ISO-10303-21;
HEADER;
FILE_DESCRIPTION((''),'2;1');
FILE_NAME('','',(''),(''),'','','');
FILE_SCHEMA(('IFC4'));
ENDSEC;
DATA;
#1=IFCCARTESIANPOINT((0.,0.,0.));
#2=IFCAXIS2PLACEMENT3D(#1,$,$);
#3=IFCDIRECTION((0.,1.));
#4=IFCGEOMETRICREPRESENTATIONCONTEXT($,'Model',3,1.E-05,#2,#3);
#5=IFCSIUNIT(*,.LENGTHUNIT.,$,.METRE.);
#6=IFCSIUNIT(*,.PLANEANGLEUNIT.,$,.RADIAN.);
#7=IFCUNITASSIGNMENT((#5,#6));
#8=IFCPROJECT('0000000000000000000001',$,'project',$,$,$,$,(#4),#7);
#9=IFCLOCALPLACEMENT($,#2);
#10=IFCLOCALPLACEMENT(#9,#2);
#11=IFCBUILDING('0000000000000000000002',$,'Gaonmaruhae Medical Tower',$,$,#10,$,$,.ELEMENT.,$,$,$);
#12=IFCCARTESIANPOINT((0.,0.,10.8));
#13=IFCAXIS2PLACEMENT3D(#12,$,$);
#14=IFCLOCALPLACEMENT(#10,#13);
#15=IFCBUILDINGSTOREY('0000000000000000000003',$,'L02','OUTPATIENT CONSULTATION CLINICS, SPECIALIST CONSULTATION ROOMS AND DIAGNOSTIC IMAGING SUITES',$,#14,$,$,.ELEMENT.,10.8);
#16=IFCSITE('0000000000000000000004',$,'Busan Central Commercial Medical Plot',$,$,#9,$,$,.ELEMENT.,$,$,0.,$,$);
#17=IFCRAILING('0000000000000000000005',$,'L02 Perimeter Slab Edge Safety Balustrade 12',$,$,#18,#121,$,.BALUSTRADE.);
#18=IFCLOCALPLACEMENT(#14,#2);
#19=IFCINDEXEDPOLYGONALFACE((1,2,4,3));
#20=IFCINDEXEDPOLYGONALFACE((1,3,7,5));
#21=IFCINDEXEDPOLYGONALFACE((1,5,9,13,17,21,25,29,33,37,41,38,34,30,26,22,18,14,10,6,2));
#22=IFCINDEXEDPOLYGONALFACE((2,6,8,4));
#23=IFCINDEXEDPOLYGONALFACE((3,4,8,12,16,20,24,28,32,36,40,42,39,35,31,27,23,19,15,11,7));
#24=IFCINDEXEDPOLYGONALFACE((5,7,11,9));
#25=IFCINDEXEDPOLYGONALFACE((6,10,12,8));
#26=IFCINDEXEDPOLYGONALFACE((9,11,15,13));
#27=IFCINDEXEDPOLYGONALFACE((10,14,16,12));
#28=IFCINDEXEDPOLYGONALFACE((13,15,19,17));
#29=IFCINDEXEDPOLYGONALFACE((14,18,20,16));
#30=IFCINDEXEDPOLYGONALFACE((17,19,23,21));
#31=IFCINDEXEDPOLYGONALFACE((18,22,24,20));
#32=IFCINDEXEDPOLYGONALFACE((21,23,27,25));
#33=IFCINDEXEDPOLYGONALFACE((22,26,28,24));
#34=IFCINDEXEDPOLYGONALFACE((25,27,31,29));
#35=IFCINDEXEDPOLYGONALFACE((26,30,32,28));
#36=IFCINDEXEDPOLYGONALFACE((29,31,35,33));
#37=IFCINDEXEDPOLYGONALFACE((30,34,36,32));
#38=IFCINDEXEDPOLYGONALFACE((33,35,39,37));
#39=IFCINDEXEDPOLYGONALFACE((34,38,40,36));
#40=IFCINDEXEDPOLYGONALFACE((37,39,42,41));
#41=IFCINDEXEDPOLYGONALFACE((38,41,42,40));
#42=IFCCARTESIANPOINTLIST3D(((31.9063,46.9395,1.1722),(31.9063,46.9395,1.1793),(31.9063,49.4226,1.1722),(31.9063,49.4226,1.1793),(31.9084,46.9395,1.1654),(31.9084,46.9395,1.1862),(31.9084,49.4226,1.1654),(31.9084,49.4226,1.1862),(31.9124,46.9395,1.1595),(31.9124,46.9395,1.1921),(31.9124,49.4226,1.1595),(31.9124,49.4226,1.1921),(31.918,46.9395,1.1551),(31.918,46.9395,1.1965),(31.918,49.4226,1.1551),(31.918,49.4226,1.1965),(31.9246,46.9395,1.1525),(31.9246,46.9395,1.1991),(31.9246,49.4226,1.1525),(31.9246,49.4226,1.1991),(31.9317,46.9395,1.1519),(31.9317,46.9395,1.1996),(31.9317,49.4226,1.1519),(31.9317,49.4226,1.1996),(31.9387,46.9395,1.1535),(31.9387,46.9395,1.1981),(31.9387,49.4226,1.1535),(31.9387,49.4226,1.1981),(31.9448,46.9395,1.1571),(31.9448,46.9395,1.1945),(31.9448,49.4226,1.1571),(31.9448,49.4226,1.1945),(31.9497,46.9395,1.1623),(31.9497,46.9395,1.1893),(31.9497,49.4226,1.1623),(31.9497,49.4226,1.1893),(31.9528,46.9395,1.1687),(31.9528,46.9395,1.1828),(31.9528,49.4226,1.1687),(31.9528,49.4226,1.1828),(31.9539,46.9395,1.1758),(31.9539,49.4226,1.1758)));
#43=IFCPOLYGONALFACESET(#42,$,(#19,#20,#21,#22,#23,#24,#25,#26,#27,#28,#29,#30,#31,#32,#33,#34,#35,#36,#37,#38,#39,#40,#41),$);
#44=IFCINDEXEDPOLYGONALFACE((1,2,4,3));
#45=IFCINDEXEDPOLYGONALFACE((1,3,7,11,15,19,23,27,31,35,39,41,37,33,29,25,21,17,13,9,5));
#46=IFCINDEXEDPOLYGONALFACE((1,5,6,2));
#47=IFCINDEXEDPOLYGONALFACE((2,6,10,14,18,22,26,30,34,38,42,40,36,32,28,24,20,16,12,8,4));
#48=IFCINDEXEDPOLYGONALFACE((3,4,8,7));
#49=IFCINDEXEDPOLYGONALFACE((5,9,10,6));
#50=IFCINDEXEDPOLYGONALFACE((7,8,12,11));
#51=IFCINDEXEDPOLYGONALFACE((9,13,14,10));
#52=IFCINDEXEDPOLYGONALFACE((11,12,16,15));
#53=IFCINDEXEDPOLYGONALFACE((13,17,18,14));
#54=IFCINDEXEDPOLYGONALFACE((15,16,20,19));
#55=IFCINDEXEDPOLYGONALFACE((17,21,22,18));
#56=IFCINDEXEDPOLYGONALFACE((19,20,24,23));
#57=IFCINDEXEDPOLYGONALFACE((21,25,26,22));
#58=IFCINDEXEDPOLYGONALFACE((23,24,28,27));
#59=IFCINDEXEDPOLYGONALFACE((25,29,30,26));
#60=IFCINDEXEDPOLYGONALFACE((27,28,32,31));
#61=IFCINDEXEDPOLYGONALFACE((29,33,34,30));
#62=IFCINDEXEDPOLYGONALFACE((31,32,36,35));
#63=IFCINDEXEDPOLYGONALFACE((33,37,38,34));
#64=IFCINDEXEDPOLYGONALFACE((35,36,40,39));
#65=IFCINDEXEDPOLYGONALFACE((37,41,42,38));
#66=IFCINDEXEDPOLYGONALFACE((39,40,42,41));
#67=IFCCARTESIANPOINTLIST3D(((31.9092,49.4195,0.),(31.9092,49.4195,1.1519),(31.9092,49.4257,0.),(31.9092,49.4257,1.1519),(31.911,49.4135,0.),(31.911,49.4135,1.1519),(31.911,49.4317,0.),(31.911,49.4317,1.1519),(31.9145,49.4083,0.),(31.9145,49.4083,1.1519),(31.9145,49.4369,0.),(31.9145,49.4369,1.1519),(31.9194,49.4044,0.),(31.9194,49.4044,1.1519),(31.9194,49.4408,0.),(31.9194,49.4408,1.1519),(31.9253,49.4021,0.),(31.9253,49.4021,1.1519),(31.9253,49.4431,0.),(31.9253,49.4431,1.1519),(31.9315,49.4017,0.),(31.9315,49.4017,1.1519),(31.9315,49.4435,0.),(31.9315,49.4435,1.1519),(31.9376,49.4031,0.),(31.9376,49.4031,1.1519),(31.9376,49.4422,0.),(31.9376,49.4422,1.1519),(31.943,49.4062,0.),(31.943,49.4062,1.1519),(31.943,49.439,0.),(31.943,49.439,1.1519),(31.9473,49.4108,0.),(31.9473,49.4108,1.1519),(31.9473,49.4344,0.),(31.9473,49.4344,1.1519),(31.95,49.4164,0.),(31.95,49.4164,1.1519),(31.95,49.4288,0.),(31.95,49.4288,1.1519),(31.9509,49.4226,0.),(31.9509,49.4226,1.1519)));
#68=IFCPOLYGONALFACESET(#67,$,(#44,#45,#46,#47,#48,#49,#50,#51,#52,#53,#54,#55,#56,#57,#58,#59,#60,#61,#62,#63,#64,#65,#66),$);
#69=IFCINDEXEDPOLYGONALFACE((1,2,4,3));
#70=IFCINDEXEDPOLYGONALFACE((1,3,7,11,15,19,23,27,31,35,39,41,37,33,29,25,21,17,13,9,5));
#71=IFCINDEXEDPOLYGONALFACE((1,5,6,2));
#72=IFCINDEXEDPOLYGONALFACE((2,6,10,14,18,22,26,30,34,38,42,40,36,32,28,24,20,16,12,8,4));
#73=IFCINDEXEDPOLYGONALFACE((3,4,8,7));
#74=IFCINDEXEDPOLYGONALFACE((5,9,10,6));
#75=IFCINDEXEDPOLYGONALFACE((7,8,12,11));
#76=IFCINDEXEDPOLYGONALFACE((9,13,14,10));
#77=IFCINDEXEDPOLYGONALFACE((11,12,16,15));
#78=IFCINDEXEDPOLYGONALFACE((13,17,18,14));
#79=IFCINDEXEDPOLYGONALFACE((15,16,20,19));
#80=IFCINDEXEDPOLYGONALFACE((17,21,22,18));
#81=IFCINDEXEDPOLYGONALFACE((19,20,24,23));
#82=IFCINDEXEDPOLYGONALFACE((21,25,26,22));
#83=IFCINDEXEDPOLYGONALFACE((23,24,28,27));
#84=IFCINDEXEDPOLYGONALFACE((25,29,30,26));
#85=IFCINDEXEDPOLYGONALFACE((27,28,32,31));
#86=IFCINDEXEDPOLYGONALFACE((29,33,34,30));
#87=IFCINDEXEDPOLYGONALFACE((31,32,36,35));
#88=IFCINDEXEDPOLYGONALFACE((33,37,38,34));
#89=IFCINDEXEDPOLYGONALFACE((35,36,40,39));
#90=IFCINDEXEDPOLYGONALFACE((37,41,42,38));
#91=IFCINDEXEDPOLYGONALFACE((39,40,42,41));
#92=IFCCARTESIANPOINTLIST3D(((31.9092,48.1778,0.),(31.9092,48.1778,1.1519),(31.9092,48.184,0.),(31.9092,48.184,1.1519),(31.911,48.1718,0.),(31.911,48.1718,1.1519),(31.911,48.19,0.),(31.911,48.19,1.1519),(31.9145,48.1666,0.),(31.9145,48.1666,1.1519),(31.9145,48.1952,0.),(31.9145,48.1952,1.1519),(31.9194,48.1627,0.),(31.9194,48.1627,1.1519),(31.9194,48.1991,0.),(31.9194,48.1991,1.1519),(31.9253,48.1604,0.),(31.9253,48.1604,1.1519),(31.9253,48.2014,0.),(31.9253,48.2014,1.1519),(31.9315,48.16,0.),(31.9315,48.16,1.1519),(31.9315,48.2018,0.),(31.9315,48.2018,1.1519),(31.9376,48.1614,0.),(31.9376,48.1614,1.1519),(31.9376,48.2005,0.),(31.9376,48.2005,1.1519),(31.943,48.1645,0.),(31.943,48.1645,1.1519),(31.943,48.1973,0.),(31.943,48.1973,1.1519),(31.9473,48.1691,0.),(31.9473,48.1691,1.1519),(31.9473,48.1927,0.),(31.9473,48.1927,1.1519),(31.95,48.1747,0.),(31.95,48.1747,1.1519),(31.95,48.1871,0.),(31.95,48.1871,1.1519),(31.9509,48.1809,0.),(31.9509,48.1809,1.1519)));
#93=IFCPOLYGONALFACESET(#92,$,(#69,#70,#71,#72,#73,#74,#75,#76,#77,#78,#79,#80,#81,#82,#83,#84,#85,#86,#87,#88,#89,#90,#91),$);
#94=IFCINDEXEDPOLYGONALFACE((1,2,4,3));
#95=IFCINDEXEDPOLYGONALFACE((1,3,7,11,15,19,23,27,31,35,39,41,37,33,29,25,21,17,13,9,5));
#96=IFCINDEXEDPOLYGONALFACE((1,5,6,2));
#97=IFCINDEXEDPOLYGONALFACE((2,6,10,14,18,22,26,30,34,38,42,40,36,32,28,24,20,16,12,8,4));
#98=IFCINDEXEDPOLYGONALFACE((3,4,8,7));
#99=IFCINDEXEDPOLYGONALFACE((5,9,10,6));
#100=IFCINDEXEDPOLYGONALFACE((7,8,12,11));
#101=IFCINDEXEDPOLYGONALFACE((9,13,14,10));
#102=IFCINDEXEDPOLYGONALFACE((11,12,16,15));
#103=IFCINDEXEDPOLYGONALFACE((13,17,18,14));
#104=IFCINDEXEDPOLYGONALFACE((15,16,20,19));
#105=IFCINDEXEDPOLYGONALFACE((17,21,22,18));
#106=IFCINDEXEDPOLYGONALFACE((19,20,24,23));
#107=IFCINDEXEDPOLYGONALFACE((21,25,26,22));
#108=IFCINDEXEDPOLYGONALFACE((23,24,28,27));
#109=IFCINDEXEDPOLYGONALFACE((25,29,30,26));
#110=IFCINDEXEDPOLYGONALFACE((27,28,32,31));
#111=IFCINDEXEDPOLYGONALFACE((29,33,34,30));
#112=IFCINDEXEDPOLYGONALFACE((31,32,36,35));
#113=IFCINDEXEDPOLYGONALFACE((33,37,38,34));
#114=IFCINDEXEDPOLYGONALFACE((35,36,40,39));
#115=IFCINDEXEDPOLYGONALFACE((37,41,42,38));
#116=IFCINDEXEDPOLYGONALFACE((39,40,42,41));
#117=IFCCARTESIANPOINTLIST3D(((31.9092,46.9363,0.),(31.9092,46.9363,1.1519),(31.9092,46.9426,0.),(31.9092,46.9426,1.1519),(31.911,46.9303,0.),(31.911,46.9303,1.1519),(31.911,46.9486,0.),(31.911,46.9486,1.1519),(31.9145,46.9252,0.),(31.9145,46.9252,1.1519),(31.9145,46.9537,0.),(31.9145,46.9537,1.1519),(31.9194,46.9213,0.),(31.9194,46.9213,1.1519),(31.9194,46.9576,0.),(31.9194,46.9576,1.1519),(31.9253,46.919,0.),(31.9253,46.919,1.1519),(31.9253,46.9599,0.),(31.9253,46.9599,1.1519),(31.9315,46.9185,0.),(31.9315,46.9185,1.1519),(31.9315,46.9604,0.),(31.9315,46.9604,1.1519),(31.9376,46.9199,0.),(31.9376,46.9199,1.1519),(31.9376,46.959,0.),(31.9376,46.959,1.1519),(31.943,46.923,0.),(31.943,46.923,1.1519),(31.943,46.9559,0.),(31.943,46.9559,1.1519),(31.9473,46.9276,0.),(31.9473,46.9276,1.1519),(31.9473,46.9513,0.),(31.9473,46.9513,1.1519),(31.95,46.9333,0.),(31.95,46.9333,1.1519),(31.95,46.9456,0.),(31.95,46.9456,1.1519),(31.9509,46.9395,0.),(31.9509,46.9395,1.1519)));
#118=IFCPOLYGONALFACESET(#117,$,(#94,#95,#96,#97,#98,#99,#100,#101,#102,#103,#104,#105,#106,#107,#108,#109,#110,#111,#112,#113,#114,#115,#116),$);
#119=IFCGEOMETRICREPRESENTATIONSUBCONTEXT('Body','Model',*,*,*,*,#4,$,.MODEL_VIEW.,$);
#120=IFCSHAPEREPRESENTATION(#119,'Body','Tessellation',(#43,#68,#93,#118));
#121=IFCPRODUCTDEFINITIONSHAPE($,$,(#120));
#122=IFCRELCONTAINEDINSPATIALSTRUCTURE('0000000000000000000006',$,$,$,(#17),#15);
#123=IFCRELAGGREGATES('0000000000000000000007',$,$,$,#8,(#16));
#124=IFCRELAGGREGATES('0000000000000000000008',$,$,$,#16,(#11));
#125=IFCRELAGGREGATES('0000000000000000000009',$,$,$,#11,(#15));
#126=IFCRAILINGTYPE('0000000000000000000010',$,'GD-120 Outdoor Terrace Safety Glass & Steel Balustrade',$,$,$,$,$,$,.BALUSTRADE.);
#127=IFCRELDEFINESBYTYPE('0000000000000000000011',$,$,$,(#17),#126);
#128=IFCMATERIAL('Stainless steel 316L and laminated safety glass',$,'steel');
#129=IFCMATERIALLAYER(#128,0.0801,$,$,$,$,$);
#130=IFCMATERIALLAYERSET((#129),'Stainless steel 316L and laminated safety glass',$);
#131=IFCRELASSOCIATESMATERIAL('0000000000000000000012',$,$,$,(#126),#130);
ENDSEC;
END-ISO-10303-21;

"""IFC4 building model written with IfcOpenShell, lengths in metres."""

from ifc_helpers import new_model, si_unit, direction, frame, origin, origin_2d, place, context, subcontext, project, spatial, circle, extrude, material, layer, layer_set, type_object, element, save


model = new_model("IFC4")

# Units and contexts
model_context = context("Model", 3, precision=1e-05, world=origin(), true_north=direction((0.0, 1.0)))
body_context = subcontext(model_context, "Body", "Model", "MODEL_VIEW")
ifc_project = project(units=[si_unit("LENGTHUNIT", "METRE"), si_unit("PLANEANGLEUNIT", "RADIAN")], contexts=[model_context])

# Site, building, storey
site_placement = place(None, origin())
site = spatial("IfcSite", under=ifc_project, at=site_placement, Name="Busan Central Commercial Medical Plot", CompositionType="ELEMENT", RefElevation=0.0)
building_placement = place(site_placement, origin())
building = spatial("IfcBuilding", under=site, at=building_placement, Name="Gaonmaruhae Medical Tower", CompositionType="ELEMENT")
storey_placement = place(building_placement, frame((0.0, 0.0, 10.8)))
storey = spatial("IfcBuildingStorey", under=building, at=storey_placement, Name="L02", Description="OUTPATIENT CONSULTATION CLINICS, SPECIALIST CONSULTATION ROOMS AND DIAGNOSTIC IMAGING SUITES", CompositionType="ELEMENT", Elevation=10.8)

# Railing
ifc_material_1 = material(Name="Stainless steel 316L and laminated safety glass", Category="steel")
ifc_layer_1 = layer(ifc_material_1, 0.0801)
ifc_layer_set_1 = layer_set([ifc_layer_1], Name="Stainless steel 316L and laminated safety glass")
railing_type = type_object("IfcRailingType", Name="GD-120 Outdoor Terrace Safety Glass & Steel Balustrade", PredefinedType="BALUSTRADE", material=ifc_layer_set_1)
railing_1_placement = place(storey_placement, frame((31.9299, 49.4226, 0.0)))
element("IfcRailing", 1, at=railing_1_placement, inside=storey, type_object=railing_type, Name="L02 Perimeter Slab Edge Safety Balustrade 12", PredefinedType="BALUSTRADE", context=body_context, shape_type="SweptSolid", body=[
    extrude(circle(Radius=0.0239, at=origin_2d()), frame((0.0, 0.0, 1.1758), z_axis=(0.0, -1.0, 0.0), x_axis=(1.0, 0.0, 0.0)), (0.0, 0.0, 1.0), 2.4832),
    extrude(circle(Radius=0.021, at=origin_2d()), origin(), (0.0, 0.0, 1.0), 1.1519),
    extrude(circle(Radius=0.021, at=origin_2d()), frame((0.0, -1.2417, 0.0)), (0.0, 0.0, 1.0), 1.1519),
    extrude(circle(Radius=0.021, at=origin_2d()), frame((0.0, -2.4832, 0.0)), (0.0, 0.0, 1.0), 1.1519),
])

save(model, "model.ifc")
